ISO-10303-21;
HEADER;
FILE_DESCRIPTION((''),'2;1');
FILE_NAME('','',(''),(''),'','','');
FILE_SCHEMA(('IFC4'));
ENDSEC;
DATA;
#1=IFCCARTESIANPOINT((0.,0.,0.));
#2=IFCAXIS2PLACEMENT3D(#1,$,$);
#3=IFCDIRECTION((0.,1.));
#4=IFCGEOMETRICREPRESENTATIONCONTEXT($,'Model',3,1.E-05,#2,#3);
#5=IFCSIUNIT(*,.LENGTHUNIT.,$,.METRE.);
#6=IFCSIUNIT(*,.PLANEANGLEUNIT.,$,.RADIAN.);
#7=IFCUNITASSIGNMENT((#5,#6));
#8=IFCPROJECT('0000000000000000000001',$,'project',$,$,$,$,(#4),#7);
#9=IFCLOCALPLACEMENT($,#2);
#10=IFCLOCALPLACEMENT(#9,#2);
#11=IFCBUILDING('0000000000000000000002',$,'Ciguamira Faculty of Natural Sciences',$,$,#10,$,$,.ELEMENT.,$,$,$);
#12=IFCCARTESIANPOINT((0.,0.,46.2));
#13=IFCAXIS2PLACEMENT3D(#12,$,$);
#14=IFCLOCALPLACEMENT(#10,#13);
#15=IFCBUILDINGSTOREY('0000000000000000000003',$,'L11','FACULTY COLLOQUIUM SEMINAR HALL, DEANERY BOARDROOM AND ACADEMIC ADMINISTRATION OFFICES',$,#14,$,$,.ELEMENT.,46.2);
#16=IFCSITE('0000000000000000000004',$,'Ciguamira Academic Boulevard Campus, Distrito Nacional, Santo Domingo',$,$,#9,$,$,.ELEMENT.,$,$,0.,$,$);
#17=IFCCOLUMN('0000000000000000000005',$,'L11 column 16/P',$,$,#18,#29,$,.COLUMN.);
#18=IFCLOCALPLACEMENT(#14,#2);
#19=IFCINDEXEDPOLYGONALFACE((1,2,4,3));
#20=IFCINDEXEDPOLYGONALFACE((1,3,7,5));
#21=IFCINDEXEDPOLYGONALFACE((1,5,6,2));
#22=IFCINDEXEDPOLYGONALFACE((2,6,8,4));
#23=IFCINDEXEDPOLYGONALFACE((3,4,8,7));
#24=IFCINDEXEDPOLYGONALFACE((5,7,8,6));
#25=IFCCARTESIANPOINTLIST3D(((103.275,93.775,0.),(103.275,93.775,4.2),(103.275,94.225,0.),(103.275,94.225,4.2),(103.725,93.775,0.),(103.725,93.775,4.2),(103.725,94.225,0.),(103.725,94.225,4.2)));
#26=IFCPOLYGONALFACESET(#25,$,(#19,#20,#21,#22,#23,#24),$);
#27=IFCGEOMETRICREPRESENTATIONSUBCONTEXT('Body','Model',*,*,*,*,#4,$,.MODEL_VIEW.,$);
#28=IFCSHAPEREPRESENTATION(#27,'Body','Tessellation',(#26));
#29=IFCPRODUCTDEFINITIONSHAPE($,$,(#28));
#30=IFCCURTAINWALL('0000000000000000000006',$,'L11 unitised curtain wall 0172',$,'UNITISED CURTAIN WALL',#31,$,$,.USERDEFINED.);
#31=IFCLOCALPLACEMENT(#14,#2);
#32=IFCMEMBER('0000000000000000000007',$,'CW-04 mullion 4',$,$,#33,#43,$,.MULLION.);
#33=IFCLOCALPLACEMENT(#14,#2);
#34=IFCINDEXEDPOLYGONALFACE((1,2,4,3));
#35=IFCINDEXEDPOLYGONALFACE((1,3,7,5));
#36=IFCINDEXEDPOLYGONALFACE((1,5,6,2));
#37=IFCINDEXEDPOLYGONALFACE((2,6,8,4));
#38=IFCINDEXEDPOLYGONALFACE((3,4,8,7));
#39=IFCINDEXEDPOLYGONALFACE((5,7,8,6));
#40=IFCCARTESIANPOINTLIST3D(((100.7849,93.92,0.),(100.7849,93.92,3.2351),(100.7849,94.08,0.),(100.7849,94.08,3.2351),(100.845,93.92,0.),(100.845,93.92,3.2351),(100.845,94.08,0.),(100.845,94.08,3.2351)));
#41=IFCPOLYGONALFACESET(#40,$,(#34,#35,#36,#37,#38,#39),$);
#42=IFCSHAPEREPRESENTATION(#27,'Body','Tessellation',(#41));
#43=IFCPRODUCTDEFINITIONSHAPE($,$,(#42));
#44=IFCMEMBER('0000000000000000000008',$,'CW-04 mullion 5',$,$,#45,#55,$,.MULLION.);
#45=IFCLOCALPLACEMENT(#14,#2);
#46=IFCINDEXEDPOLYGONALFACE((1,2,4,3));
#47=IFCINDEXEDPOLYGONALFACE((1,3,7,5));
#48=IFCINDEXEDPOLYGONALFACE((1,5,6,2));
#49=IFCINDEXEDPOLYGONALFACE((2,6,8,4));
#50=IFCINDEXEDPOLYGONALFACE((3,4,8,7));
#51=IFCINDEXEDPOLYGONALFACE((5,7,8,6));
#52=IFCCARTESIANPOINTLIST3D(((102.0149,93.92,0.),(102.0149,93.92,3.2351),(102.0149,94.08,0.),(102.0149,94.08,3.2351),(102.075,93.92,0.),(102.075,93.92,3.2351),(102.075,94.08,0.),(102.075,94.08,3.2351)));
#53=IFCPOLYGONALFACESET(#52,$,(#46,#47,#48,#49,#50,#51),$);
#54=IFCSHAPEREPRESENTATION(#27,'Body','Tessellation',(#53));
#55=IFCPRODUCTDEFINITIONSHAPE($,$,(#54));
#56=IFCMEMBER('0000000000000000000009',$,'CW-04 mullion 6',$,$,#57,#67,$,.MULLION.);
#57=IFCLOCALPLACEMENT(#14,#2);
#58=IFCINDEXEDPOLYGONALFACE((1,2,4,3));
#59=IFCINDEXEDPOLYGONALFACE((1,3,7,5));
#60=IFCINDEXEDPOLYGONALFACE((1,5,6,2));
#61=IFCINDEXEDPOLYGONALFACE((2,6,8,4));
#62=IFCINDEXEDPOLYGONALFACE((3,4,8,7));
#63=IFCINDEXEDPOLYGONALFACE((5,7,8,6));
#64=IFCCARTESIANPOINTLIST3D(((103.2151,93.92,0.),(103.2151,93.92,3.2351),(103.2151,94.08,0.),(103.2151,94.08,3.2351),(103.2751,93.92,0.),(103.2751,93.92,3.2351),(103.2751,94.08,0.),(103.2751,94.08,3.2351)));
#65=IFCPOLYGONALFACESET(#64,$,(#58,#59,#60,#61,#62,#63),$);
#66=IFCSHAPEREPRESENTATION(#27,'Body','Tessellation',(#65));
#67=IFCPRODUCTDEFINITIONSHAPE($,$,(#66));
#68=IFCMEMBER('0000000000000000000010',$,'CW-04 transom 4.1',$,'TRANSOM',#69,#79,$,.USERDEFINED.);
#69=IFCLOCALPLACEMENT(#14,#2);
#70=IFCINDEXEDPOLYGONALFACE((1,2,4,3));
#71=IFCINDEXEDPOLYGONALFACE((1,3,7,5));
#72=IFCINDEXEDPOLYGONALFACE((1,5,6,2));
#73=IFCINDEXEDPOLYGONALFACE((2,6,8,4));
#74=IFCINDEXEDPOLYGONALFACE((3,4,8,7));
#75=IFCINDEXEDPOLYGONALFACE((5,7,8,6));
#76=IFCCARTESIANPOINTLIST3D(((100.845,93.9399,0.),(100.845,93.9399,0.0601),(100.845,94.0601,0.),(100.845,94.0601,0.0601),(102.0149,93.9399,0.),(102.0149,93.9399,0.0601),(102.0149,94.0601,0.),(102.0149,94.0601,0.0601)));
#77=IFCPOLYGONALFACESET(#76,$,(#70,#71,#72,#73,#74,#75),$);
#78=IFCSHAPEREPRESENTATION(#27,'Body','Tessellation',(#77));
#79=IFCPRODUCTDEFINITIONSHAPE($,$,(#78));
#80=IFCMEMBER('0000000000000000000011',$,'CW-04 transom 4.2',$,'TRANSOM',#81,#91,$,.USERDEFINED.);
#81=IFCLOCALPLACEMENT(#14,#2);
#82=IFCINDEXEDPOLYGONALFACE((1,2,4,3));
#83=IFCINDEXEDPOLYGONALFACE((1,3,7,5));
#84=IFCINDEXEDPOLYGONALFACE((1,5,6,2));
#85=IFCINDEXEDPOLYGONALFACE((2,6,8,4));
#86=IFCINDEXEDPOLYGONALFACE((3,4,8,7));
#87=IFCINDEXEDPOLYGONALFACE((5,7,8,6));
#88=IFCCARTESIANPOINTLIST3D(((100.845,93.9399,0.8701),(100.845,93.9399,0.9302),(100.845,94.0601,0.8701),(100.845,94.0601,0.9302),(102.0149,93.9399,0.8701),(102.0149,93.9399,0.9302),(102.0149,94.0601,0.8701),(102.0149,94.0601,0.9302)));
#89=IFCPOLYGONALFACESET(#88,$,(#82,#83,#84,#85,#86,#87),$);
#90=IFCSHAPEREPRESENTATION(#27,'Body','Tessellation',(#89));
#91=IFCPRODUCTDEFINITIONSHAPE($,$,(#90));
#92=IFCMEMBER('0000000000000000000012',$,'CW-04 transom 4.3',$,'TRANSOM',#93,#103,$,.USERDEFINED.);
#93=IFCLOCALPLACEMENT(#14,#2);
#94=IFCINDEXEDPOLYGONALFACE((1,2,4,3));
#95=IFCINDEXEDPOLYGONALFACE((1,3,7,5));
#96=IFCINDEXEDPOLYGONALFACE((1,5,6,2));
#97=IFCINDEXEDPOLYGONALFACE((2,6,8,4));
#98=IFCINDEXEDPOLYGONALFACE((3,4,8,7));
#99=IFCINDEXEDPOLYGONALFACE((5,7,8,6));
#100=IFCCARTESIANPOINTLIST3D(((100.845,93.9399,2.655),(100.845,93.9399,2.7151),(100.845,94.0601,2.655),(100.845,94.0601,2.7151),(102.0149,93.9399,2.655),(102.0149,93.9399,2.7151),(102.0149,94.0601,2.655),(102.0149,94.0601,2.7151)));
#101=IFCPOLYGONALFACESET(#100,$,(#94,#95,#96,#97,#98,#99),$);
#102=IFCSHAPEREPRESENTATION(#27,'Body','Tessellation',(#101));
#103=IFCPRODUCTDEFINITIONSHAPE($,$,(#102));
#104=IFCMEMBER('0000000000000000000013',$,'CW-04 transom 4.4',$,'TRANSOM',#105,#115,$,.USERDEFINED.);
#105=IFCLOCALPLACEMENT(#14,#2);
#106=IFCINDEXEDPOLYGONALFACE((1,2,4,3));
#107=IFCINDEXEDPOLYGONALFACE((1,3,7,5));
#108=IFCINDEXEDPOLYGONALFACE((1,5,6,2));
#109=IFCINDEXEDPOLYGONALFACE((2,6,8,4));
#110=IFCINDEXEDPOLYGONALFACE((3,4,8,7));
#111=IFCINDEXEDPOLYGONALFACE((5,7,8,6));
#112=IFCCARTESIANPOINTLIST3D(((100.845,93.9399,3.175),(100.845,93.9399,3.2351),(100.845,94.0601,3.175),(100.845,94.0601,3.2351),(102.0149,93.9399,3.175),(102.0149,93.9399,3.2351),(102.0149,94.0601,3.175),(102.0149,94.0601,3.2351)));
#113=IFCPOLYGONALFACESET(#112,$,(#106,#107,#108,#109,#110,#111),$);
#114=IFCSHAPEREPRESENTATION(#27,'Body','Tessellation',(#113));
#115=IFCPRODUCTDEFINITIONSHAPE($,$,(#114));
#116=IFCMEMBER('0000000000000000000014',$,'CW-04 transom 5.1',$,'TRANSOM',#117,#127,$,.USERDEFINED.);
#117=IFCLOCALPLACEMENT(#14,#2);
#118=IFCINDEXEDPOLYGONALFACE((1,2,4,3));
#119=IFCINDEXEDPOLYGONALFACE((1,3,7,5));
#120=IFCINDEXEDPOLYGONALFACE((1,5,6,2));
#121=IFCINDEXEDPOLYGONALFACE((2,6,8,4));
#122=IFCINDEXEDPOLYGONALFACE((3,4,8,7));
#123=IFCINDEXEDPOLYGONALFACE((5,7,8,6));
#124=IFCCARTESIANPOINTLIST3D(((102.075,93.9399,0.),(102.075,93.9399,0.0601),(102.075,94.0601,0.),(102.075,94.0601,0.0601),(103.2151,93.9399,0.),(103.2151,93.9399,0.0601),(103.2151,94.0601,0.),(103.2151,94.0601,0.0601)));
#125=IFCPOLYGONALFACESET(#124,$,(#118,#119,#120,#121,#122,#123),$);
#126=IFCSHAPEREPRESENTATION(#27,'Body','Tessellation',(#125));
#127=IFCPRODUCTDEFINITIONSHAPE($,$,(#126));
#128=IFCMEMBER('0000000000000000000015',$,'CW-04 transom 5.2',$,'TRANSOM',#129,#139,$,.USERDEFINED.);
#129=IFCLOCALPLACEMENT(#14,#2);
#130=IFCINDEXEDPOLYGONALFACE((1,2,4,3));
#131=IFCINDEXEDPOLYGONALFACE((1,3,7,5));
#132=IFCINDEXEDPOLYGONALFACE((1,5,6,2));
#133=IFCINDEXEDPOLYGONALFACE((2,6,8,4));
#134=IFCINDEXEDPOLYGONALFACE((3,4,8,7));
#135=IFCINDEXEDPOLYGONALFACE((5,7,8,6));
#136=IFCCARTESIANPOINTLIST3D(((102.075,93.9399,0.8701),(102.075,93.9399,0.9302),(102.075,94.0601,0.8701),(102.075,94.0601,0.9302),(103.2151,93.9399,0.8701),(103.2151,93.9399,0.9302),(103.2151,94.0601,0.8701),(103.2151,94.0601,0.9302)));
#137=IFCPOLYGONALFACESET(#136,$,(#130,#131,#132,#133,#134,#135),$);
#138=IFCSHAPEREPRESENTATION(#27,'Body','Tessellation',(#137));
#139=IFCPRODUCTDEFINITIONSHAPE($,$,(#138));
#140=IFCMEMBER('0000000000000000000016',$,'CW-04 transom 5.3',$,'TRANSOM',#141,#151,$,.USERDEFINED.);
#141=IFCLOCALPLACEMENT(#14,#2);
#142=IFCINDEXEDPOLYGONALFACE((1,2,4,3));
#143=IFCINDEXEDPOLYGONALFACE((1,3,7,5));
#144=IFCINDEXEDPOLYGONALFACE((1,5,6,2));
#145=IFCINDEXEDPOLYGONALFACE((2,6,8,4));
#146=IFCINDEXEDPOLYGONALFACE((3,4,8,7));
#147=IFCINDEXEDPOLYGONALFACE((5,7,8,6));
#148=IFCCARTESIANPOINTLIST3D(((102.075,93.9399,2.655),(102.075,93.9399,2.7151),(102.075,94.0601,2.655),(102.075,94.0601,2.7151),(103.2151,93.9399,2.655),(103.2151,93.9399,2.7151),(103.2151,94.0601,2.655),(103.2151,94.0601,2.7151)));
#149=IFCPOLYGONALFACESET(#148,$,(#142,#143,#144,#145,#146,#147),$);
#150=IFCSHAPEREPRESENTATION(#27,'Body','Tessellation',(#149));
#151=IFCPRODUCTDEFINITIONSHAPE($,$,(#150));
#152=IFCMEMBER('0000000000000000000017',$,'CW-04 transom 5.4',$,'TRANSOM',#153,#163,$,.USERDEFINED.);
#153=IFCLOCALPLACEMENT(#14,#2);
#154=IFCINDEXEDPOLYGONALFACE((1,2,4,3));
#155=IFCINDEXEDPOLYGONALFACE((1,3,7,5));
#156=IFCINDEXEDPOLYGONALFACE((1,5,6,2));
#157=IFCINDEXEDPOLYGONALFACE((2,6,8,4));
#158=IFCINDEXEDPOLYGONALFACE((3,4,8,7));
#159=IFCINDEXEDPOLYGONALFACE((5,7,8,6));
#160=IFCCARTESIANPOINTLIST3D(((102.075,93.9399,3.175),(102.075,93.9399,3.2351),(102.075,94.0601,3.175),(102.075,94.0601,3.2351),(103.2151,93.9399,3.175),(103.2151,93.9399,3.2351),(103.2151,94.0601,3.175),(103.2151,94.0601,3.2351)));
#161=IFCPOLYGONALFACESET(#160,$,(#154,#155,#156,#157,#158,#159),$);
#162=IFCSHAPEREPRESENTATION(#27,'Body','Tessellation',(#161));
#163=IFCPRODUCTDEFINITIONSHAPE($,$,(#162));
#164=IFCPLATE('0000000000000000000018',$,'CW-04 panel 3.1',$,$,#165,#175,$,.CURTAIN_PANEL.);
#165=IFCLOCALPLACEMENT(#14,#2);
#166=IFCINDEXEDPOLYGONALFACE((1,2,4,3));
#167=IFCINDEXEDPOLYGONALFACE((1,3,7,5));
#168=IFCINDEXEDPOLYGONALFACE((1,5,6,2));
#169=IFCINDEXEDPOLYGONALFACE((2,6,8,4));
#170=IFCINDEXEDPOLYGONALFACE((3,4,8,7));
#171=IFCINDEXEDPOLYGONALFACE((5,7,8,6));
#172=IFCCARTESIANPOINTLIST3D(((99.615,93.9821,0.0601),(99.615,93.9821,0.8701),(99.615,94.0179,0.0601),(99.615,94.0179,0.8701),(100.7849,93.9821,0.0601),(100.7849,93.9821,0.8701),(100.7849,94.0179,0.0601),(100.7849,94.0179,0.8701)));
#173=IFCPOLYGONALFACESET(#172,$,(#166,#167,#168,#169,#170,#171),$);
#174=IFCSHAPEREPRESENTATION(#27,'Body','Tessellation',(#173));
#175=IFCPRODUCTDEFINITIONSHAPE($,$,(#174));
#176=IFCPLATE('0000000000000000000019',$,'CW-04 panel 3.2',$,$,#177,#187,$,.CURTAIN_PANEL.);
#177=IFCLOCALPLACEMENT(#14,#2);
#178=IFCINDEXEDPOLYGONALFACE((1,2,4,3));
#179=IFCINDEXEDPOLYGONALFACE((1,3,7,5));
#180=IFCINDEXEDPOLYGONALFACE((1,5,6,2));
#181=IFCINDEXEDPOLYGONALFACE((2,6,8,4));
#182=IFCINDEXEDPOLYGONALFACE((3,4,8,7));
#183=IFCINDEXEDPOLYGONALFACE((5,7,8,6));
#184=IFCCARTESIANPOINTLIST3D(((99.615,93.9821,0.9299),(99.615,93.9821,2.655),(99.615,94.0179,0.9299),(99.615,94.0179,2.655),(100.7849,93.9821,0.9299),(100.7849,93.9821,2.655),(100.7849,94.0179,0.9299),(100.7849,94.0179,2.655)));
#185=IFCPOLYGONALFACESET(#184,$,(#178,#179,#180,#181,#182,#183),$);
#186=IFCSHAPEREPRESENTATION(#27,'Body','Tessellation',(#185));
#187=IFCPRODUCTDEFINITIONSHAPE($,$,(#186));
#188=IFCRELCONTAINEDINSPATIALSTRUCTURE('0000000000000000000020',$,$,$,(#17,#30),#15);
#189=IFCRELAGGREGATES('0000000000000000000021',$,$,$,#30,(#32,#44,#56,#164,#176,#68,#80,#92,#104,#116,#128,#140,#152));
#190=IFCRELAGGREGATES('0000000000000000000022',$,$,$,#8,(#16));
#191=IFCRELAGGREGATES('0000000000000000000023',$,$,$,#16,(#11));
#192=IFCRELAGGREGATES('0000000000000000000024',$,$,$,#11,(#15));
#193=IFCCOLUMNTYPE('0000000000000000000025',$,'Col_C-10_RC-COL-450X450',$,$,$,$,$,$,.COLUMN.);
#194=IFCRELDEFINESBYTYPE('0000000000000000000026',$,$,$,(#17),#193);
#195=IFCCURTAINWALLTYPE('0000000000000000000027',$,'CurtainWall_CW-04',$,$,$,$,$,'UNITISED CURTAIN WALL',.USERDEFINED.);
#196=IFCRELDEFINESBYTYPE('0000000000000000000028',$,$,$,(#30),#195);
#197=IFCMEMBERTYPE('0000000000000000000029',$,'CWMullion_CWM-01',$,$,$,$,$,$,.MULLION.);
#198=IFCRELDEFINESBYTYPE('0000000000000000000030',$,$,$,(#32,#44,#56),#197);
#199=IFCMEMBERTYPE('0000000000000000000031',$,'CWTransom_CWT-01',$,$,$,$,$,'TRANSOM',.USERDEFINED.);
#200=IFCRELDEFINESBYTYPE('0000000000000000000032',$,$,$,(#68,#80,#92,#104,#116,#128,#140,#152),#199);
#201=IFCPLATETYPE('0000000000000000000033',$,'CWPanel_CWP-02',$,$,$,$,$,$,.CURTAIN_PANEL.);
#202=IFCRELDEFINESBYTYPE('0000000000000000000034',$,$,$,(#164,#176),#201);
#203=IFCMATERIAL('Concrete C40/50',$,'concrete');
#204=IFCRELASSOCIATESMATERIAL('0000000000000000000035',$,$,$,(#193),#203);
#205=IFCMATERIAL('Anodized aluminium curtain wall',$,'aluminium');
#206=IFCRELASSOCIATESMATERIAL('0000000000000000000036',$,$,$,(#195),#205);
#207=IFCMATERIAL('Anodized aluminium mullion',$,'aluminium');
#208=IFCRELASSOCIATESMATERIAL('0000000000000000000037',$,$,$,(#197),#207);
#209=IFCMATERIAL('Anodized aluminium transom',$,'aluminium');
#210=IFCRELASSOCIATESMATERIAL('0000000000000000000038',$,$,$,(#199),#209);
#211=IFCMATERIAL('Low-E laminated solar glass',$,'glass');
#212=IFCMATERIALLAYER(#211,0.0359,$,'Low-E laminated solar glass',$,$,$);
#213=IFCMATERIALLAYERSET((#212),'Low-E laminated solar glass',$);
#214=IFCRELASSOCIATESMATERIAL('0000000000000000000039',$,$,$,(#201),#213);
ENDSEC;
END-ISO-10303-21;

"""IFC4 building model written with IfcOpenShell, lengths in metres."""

from ifc_helpers import new_model, si_unit, direction, frame, origin, origin_2d, place, context, subcontext, project, spatial, rectangle, extrude, material, layer, layer_set, material_profile, profile_set, type_object, element, aggregate, save


model = new_model("IFC4")

# Units and contexts
model_context = context("Model", 3, precision=1e-05, world=origin(), true_north=direction((0.0, 1.0)))
body_context = subcontext(model_context, "Body", "Model", "MODEL_VIEW")
ifc_project = project(units=[si_unit("LENGTHUNIT", "METRE"), si_unit("PLANEANGLEUNIT", "RADIAN")], contexts=[model_context])

# Site, building, storey
site_placement = place(None, origin())
site = spatial("IfcSite", under=ifc_project, at=site_placement, Name="Ciguamira Academic Boulevard Campus, Distrito Nacional, Santo Domingo", CompositionType="ELEMENT", RefElevation=0.0)
building_placement = place(site_placement, origin())
building = spatial("IfcBuilding", under=site, at=building_placement, Name="Ciguamira Faculty of Natural Sciences", CompositionType="ELEMENT")
storey_placement = place(building_placement, frame((0.0, 0.0, 46.2)))
storey = spatial("IfcBuildingStorey", under=building, at=storey_placement, Name="L11", Description="FACULTY COLLOQUIUM SEMINAR HALL, DEANERY BOARDROOM AND ACADEMIC ADMINISTRATION OFFICES", CompositionType="ELEMENT", Elevation=46.2)

# Column
ifc_material_1 = material(Name="Concrete C40/50", Category="concrete")
ifc_material_profile_1 = material_profile(ifc_material_1, rectangle(XDim=0.45, YDim=0.45, at=origin_2d()), Name="RC-COL-450X450")
ifc_profile_set_1 = profile_set([ifc_material_profile_1], Name="Concrete C40/50")
column_type = type_object("IfcColumnType", Name="Col_C-10_RC-COL-450X450", PredefinedType="COLUMN", material=ifc_profile_set_1)
column_placement = place(storey_placement, frame((103.5, 94.0, 0.0), z_axis=(0.0, 0.0, 1.0), x_axis=(1.0, 0.0, 0.0)))
element("IfcColumn", 1, at=column_placement, inside=storey, type_object=column_type, Name="L11 column 16/P", PredefinedType="COLUMN", context=body_context, shape_type="SweptSolid", body=[
    extrude(rectangle(XDim=0.45, YDim=0.45, at=origin_2d()), origin(), (0.0, 0.0, 1.0), 4.2),
])

# Curtain wall, members, plates
ifc_material_2 = material(Name="Anodized aluminium curtain wall", Category="aluminium")
curtain_wall_type = type_object("IfcCurtainWallType", Name="CurtainWall_CW-04", ElementType="UNITISED CURTAIN WALL", PredefinedType="USERDEFINED", material=ifc_material_2)
curtain_wall_placement = place(storey_placement, origin())
curtain_wall = element("IfcCurtainWall", 2, at=curtain_wall_placement, inside=storey, type_object=curtain_wall_type, Name="L11 unitised curtain wall 0172", ObjectType="UNITISED CURTAIN WALL", PredefinedType="USERDEFINED")
ifc_material_3 = material(Name="Anodized aluminium mullion", Category="aluminium")
ifc_material_profile_2 = material_profile(ifc_material_3, rectangle(XDim=0.0601, YDim=0.1599, at=origin_2d()), Name="ALU-MUL-60X160")
ifc_profile_set_2 = profile_set([ifc_material_profile_2], Name="Anodized aluminium mullion")
member_type_1 = type_object("IfcMemberType", Name="CWMullion_CWM-01", PredefinedType="MULLION", material=ifc_profile_set_2)
member_1_placement = place(storey_placement, frame((100.8149, 94.0, 0.0), z_axis=(0.0, 0.0, 1.0), x_axis=(1.0, 0.0, 0.0)))
member_1 = element("IfcMember", 3, at=member_1_placement, type_object=member_type_1, Name="CW-04 mullion 4", PredefinedType="MULLION", context=body_context, shape_type="SweptSolid", body=[
    extrude(rectangle(XDim=0.0601, YDim=0.1599, at=origin_2d()), origin(), (0.0, 0.0, 1.0), 3.2351),
])
member_2_placement = place(storey_placement, frame((102.0449, 94.0, 0.0), z_axis=(0.0, 0.0, 1.0), x_axis=(1.0, 0.0, 0.0)))
member_2 = element("IfcMember", 4, at=member_2_placement, type_object=member_type_1, Name="CW-04 mullion 5", PredefinedType="MULLION", context=body_context, shape_type="SweptSolid", body=[
    extrude(rectangle(XDim=0.0601, YDim=0.1599, at=origin_2d()), origin(), (0.0, 0.0, 1.0), 3.2351),
])
member_3_placement = place(storey_placement, frame((103.2451, 94.0, 0.0), z_axis=(0.0, 0.0, 1.0), x_axis=(1.0, 0.0, 0.0)))
member_3 = element("IfcMember", 5, at=member_3_placement, type_object=member_type_1, Name="CW-04 mullion 6", PredefinedType="MULLION", context=body_context, shape_type="SweptSolid", body=[
    extrude(rectangle(XDim=0.0601, YDim=0.1599, at=origin_2d()), origin(), (0.0, 0.0, 1.0), 3.2351),
])
ifc_material_4 = material(Name="Anodized aluminium transom", Category="aluminium")
ifc_material_profile_3 = material_profile(ifc_material_4, rectangle(XDim=0.0601, YDim=0.1201, at=origin_2d()), Name="ALU-TRN-60X120")
ifc_profile_set_3 = profile_set([ifc_material_profile_3], Name="Anodized aluminium transom")
member_type_2 = type_object("IfcMemberType", Name="CWTransom_CWT-01", ElementType="TRANSOM", PredefinedType="USERDEFINED", material=ifc_profile_set_3)
member_4_placement = place(storey_placement, frame((100.845, 94.0, 0.03), z_axis=(1.0, 0.0, 0.0), x_axis=(0.0, 0.0, 1.0)))
member_4 = element("IfcMember", 6, at=member_4_placement, type_object=member_type_2, Name="CW-04 transom 4.1", ObjectType="TRANSOM", PredefinedType="USERDEFINED", context=body_context, shape_type="SweptSolid", body=[
    extrude(rectangle(XDim=0.0601, YDim=0.1201, at=origin_2d()), origin(), (0.0, 0.0, 1.0), 1.1699),
])
member_5_placement = place(storey_placement, frame((100.845, 94.0, 0.9001), z_axis=(1.0, 0.0, 0.0), x_axis=(0.0, 0.0, 1.0)))
member_5 = element("IfcMember", 7, at=member_5_placement, type_object=member_type_2, Name="CW-04 transom 4.2", ObjectType="TRANSOM", PredefinedType="USERDEFINED", context=body_context, shape_type="SweptSolid", body=[
    extrude(rectangle(XDim=0.0601, YDim=0.1201, at=origin_2d()), origin(), (0.0, 0.0, 1.0), 1.1699),
])
member_6_placement = place(storey_placement, frame((100.845, 94.0, 2.6851), z_axis=(1.0, 0.0, 0.0), x_axis=(0.0, 0.0, 1.0)))
member_6 = element("IfcMember", 8, at=member_6_placement, type_object=member_type_2, Name="CW-04 transom 4.3", ObjectType="TRANSOM", PredefinedType="USERDEFINED", context=body_context, shape_type="SweptSolid", body=[
    extrude(rectangle(XDim=0.0601, YDim=0.1201, at=origin_2d()), origin(), (0.0, 0.0, 1.0), 1.1699),
])
member_7_placement = place(storey_placement, frame((100.845, 94.0, 3.2051), z_axis=(1.0, 0.0, 0.0), x_axis=(0.0, 0.0, 1.0)))
member_7 = element("IfcMember", 9, at=member_7_placement, type_object=member_type_2, Name="CW-04 transom 4.4", ObjectType="TRANSOM", PredefinedType="USERDEFINED", context=body_context, shape_type="SweptSolid", body=[
    extrude(rectangle(XDim=0.0601, YDim=0.1201, at=origin_2d()), origin(), (0.0, 0.0, 1.0), 1.1699),
])
member_8_placement = place(storey_placement, frame((102.075, 94.0, 0.03), z_axis=(1.0, 0.0, 0.0), x_axis=(0.0, 0.0, 1.0)))
member_8 = element("IfcMember", 10, at=member_8_placement, type_object=member_type_2, Name="CW-04 transom 5.1", ObjectType="TRANSOM", PredefinedType="USERDEFINED", context=body_context, shape_type="SweptSolid", body=[
    extrude(rectangle(XDim=0.0601, YDim=0.1201, at=origin_2d()), origin(), (0.0, 0.0, 1.0), 1.1401),
])
member_9_placement = place(storey_placement, frame((102.075, 94.0, 0.9001), z_axis=(1.0, 0.0, 0.0), x_axis=(0.0, 0.0, 1.0)))
member_9 = element("IfcMember", 11, at=member_9_placement, type_object=member_type_2, Name="CW-04 transom 5.2", ObjectType="TRANSOM", PredefinedType="USERDEFINED", context=body_context, shape_type="SweptSolid", body=[
    extrude(rectangle(XDim=0.0601, YDim=0.1201, at=origin_2d()), origin(), (0.0, 0.0, 1.0), 1.1401),
])
member_10_placement = place(storey_placement, frame((102.075, 94.0, 2.6851), z_axis=(1.0, 0.0, 0.0), x_axis=(0.0, 0.0, 1.0)))
member_10 = element("IfcMember", 12, at=member_10_placement, type_object=member_type_2, Name="CW-04 transom 5.3", ObjectType="TRANSOM", PredefinedType="USERDEFINED", context=body_context, shape_type="SweptSolid", body=[
    extrude(rectangle(XDim=0.0601, YDim=0.1201, at=origin_2d()), origin(), (0.0, 0.0, 1.0), 1.1401),
])
member_11_placement = place(storey_placement, frame((102.075, 94.0, 3.2051), z_axis=(1.0, 0.0, 0.0), x_axis=(0.0, 0.0, 1.0)))
member_11 = element("IfcMember", 13, at=member_11_placement, type_object=member_type_2, Name="CW-04 transom 5.4", ObjectType="TRANSOM", PredefinedType="USERDEFINED", context=body_context, shape_type="SweptSolid", body=[
    extrude(rectangle(XDim=0.0601, YDim=0.1201, at=origin_2d()), origin(), (0.0, 0.0, 1.0), 1.1401),
])
ifc_material_5 = material(Name="Low-E laminated solar glass", Category="glass")
ifc_layer_1 = layer(ifc_material_5, 0.0359, Name="Low-E laminated solar glass")
ifc_layer_set_1 = layer_set([ifc_layer_1], Name="Low-E laminated solar glass")
plate_type = type_object("IfcPlateType", Name="CWPanel_CWP-02", PredefinedType="CURTAIN_PANEL", material=ifc_layer_set_1)
plate_1_placement = place(storey_placement, frame((100.2, 94.0, 0.0601), z_axis=(0.0, 0.0, 1.0), x_axis=(1.0, 0.0, 0.0)))
plate_1 = element("IfcPlate", 14, at=plate_1_placement, type_object=plate_type, Name="CW-04 panel 3.1", PredefinedType="CURTAIN_PANEL", context=body_context, shape_type="SweptSolid", body=[
    extrude(rectangle(XDim=1.1699, YDim=0.0359, at=origin_2d()), origin(), (0.0, 0.0, 1.0), 0.8101),
])
plate_2_placement = place(storey_placement, frame((100.2, 94.0, 0.9299), z_axis=(0.0, 0.0, 1.0), x_axis=(1.0, 0.0, 0.0)))
plate_2 = element("IfcPlate", 15, at=plate_2_placement, type_object=plate_type, Name="CW-04 panel 3.2", PredefinedType="CURTAIN_PANEL", context=body_context, shape_type="SweptSolid", body=[
    extrude(rectangle(XDim=1.1699, YDim=0.0359, at=origin_2d()), origin(), (0.0, 0.0, 1.0), 1.7251),
])
aggregate(curtain_wall, [member_1, member_2, member_3, plate_1, plate_2, member_4, member_5, member_6, member_7, member_8, member_9, member_10, member_11])

save(model, "model.ifc")
